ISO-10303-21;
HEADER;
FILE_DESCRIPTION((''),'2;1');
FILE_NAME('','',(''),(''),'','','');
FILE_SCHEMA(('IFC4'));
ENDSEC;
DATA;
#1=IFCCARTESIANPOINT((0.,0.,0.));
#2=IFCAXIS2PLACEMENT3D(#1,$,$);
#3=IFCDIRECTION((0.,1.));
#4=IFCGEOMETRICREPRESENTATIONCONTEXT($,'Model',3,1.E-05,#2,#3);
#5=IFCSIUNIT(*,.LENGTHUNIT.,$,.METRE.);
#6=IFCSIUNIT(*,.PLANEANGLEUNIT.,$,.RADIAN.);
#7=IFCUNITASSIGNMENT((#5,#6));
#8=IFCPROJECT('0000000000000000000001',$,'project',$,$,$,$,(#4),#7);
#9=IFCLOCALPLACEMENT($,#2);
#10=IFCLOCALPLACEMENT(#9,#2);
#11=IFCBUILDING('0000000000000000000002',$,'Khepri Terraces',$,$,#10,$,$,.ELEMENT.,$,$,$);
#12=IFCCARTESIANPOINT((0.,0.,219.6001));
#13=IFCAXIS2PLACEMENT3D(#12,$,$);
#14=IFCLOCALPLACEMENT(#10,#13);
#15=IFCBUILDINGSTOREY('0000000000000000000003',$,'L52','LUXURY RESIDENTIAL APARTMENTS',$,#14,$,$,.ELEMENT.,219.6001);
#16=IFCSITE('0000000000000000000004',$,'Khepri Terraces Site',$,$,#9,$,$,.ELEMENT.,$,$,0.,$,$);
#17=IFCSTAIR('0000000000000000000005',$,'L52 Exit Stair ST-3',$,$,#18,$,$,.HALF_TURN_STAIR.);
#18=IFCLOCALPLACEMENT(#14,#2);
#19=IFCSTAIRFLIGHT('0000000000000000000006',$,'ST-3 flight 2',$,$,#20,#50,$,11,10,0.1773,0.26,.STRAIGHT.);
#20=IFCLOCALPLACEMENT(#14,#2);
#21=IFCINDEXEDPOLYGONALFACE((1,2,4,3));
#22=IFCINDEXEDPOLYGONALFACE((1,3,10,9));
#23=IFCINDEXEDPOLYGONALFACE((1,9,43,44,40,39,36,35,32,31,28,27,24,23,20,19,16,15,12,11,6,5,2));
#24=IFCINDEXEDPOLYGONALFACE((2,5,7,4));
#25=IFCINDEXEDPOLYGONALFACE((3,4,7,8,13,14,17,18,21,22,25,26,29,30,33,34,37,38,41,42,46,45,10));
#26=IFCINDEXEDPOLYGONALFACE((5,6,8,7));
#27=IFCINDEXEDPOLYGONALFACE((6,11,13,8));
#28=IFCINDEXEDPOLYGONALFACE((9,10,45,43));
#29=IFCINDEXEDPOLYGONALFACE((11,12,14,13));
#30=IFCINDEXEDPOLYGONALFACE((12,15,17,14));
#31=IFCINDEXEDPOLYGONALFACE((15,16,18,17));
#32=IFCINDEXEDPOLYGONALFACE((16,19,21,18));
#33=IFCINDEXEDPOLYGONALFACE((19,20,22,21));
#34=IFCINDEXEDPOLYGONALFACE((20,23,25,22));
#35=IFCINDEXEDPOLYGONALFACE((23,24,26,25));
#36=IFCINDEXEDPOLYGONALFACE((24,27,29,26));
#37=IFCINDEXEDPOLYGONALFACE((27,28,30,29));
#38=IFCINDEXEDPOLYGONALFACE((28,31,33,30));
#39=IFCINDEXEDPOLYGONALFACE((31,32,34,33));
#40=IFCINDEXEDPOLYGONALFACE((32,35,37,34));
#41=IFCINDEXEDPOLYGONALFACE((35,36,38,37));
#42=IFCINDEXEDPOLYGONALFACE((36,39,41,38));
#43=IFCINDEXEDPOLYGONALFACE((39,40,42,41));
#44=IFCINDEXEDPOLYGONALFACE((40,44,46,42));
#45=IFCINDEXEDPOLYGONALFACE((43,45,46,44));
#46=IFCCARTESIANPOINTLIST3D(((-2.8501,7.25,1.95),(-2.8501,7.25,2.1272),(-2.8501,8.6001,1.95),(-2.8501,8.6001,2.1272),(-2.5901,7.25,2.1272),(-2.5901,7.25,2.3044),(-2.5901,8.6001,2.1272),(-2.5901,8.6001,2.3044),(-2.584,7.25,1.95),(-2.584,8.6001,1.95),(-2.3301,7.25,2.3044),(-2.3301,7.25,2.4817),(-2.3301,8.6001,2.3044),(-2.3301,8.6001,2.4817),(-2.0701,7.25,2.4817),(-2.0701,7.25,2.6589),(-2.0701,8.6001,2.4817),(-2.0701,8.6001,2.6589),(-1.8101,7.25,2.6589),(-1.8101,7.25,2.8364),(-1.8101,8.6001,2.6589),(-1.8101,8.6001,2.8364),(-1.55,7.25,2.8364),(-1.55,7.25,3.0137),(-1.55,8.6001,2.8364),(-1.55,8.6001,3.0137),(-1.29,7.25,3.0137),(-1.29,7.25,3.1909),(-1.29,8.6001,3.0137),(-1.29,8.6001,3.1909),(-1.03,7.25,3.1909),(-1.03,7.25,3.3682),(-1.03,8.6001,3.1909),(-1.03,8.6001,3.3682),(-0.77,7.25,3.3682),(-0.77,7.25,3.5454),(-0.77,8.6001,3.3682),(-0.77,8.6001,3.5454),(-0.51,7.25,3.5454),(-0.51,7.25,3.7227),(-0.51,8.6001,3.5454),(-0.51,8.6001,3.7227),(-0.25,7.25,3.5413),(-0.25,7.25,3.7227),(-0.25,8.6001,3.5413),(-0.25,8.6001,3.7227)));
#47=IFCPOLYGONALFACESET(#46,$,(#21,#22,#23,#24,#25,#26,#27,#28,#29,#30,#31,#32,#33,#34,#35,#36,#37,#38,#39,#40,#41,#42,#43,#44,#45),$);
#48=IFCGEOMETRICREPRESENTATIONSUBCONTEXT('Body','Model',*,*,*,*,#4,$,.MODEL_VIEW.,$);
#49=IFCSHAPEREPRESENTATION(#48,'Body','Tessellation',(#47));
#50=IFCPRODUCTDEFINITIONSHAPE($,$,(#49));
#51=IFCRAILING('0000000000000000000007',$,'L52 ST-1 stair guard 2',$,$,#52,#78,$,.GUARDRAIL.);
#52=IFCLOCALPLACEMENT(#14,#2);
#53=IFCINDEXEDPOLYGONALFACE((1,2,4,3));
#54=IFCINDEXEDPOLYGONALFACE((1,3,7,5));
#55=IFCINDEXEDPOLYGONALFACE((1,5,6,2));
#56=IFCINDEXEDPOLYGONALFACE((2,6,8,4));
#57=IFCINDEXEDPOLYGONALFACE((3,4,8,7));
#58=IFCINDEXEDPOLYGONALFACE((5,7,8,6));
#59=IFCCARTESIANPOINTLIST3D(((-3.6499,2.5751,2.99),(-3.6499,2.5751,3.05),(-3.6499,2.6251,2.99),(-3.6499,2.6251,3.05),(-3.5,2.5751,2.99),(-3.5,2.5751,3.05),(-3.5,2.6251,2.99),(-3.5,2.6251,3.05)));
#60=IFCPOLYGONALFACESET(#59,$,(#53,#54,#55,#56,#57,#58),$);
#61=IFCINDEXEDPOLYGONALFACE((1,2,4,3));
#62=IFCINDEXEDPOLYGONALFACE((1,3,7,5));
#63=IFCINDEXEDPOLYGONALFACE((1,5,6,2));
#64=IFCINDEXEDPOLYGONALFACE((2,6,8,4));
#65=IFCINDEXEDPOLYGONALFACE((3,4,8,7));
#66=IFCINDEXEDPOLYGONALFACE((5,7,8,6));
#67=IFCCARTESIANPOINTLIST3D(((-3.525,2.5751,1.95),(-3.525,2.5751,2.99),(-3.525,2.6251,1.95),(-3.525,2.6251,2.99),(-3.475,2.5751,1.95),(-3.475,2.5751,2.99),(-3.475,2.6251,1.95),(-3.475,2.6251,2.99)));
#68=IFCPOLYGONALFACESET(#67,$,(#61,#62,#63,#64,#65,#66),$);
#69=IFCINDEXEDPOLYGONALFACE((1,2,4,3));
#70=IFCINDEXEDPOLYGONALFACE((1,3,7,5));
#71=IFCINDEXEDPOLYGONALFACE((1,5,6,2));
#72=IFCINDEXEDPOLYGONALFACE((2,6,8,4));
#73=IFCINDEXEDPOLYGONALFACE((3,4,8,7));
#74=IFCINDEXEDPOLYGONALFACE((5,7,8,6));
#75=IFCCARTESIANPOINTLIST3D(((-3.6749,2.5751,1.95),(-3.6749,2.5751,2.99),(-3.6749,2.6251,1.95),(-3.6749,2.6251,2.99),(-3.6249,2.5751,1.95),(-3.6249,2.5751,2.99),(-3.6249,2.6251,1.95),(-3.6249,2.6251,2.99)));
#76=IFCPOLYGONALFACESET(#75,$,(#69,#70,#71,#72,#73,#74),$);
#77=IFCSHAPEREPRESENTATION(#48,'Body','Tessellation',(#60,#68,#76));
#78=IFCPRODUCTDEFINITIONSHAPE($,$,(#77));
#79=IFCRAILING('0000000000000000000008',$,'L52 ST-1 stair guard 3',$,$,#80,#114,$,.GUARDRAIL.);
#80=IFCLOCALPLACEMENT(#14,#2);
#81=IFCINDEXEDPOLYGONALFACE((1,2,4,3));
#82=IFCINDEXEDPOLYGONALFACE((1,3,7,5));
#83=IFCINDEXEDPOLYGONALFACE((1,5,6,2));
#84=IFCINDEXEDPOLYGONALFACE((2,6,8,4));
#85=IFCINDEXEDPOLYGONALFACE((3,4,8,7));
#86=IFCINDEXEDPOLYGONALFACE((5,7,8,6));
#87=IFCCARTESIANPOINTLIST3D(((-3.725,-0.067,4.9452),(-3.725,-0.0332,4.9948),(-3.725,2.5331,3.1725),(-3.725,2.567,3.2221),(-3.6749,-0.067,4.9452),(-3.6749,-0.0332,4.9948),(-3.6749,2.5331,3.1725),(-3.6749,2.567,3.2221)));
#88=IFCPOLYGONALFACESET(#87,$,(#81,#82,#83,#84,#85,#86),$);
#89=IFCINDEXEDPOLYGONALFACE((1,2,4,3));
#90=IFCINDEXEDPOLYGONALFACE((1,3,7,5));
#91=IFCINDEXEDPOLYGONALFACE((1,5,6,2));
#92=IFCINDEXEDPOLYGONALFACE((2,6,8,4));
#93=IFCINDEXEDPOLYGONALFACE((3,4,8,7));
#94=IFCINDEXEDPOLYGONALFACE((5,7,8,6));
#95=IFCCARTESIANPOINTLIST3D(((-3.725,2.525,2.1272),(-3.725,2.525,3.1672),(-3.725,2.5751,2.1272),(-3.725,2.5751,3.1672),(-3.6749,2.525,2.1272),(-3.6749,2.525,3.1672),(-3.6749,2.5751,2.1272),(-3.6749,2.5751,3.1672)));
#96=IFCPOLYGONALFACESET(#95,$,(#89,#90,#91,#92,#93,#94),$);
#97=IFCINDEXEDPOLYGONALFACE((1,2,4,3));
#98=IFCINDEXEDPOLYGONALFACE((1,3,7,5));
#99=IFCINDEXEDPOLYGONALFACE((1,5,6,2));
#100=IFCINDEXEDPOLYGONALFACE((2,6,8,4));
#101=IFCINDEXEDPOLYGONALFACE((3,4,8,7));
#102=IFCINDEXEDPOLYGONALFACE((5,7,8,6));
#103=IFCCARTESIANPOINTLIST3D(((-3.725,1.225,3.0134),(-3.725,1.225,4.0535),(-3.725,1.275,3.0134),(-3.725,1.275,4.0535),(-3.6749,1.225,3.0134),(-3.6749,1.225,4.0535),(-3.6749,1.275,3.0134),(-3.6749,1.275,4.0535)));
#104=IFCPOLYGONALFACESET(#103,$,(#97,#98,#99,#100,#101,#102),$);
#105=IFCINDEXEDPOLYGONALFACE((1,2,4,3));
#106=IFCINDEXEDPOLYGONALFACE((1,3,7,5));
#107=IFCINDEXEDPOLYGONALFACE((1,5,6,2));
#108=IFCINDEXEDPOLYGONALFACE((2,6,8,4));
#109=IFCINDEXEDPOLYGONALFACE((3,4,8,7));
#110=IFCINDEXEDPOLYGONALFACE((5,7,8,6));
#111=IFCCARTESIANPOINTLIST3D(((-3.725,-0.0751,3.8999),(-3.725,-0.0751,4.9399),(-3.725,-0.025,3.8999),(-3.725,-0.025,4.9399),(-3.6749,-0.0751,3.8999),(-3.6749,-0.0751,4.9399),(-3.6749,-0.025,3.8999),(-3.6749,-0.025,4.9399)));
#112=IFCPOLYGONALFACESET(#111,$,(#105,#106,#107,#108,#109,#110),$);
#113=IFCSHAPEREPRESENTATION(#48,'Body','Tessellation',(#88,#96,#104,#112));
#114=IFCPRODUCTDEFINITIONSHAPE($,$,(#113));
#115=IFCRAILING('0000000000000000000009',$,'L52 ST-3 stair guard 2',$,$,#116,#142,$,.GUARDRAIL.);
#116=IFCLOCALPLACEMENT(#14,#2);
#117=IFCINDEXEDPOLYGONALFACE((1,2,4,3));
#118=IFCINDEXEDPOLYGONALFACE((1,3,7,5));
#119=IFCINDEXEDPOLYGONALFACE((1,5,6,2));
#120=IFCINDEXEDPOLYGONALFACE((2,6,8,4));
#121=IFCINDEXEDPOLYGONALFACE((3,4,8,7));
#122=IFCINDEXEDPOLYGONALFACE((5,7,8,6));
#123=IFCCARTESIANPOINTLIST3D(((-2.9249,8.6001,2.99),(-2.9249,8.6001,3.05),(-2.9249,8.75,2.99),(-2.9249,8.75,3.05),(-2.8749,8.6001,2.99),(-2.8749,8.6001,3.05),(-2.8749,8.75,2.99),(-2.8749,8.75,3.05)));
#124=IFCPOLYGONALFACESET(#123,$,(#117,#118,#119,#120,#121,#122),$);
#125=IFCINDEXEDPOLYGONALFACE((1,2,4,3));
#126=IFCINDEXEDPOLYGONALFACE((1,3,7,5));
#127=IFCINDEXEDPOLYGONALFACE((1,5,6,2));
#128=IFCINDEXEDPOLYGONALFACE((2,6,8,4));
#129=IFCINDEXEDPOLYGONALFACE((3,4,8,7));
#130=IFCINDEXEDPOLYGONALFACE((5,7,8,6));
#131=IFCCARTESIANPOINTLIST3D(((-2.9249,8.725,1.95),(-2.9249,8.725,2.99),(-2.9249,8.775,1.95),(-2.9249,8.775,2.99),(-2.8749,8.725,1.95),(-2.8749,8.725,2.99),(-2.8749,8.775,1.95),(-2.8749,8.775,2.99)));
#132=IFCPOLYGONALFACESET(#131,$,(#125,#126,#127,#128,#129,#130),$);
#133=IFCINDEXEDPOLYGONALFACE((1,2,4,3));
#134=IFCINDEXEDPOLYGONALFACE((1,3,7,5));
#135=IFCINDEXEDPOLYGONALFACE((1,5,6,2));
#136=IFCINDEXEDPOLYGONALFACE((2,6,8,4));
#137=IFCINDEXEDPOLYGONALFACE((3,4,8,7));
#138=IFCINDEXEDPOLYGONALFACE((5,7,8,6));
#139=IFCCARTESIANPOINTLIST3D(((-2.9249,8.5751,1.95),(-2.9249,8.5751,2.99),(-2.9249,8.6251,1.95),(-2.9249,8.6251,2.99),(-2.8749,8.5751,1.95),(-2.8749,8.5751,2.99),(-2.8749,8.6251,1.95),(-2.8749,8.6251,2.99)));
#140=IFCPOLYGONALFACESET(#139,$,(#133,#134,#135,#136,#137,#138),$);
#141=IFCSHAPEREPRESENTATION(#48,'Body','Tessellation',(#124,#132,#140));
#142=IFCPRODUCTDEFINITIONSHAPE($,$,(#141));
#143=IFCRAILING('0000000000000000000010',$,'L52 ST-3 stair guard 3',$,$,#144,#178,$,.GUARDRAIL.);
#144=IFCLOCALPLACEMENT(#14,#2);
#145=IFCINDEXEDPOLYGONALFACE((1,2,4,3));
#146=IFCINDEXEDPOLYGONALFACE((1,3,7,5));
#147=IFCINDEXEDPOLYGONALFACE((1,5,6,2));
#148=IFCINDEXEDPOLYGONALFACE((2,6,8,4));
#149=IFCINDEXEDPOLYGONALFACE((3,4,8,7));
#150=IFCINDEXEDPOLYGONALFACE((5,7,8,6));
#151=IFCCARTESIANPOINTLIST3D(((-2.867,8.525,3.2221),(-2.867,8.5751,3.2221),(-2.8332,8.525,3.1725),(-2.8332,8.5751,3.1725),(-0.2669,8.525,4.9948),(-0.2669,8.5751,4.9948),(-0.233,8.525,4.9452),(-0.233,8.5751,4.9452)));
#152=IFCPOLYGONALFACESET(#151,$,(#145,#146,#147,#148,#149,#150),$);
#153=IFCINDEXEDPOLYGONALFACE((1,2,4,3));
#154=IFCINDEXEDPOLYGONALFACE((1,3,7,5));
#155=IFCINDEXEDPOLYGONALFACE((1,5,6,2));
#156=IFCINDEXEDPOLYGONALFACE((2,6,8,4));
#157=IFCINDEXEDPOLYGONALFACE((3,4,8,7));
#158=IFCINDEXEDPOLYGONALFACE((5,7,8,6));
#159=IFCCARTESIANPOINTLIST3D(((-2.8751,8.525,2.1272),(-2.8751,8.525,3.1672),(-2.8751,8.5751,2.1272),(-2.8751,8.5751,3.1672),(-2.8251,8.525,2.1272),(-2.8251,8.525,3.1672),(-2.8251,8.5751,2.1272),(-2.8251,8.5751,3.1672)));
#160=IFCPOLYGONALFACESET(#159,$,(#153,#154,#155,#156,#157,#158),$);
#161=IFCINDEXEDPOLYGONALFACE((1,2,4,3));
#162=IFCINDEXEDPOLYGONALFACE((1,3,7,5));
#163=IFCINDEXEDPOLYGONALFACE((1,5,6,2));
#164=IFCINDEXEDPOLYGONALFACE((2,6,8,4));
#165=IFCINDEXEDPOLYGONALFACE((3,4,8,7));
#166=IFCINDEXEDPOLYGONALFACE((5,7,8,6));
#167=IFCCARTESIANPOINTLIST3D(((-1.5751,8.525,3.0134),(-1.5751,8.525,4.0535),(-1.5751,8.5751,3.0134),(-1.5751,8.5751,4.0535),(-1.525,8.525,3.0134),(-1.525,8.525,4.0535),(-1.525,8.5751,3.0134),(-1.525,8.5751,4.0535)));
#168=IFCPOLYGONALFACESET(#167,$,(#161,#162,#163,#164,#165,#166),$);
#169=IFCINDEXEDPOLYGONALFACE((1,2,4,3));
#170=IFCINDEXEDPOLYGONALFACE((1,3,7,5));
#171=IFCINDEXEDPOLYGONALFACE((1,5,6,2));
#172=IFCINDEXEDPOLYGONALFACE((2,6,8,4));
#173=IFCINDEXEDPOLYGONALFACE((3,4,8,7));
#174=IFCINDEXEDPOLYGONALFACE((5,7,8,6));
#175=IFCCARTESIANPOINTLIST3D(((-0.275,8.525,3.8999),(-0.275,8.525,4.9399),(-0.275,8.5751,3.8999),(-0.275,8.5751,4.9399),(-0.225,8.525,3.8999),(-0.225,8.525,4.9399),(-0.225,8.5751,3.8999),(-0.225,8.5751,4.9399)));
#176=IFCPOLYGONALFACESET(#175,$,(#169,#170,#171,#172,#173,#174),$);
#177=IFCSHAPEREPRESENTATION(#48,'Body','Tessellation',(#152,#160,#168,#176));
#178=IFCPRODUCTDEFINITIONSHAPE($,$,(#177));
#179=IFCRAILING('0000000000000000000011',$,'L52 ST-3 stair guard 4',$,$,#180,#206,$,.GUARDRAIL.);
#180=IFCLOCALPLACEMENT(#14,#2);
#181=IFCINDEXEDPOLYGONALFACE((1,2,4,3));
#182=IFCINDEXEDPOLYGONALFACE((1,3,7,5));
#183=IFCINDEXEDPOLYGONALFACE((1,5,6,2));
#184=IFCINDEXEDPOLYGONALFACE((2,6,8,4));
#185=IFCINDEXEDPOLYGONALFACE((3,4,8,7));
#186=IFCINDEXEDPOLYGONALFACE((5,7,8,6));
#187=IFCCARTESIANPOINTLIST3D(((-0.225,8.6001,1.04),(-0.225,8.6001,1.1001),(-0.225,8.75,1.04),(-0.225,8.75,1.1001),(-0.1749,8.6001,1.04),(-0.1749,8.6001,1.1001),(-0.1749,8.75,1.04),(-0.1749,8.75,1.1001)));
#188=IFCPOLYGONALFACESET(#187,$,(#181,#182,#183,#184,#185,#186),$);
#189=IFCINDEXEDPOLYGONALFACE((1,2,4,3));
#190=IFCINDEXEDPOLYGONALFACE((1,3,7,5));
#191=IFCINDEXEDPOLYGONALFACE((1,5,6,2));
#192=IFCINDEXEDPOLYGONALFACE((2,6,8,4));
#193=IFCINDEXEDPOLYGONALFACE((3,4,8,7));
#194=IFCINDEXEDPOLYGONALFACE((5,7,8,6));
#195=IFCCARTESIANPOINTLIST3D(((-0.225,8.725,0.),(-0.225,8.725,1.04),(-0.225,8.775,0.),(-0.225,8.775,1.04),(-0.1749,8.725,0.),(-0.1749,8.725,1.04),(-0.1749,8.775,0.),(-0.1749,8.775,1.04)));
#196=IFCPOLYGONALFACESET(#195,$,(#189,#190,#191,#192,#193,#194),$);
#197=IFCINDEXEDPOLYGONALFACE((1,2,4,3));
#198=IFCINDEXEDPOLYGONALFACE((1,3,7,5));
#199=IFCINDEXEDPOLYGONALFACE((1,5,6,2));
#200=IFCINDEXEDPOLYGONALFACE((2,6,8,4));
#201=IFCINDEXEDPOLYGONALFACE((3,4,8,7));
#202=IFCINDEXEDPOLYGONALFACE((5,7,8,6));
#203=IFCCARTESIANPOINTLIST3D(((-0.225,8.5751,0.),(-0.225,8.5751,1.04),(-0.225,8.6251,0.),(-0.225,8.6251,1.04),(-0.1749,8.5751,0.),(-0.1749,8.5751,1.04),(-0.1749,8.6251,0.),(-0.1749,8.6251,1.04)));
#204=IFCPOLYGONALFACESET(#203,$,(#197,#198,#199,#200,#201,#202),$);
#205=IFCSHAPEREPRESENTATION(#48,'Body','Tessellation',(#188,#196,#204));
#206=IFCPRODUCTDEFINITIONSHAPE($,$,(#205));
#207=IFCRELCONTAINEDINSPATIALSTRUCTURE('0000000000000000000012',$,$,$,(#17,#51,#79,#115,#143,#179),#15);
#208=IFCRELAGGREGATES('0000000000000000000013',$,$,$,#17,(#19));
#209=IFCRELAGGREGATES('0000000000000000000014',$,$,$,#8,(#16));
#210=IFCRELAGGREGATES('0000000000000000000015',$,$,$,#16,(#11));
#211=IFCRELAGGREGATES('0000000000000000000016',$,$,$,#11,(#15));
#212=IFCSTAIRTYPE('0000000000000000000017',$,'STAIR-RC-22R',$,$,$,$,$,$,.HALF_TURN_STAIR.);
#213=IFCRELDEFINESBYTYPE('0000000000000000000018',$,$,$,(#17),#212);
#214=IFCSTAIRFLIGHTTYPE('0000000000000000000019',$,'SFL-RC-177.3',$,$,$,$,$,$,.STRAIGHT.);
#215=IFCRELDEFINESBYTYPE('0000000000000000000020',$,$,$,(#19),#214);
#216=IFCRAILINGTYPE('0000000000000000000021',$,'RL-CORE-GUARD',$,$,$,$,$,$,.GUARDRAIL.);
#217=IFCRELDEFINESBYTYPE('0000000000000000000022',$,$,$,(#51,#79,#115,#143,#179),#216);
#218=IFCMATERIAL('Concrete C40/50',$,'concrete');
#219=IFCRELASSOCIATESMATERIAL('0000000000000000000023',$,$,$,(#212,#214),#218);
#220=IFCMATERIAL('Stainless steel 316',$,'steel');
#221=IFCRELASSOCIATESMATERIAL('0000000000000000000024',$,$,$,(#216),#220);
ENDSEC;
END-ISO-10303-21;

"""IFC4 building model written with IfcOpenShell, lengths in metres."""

from ifc_helpers import new_model, si_unit, direction, frame, origin, origin_2d, place, context, subcontext, project, spatial, polyline, rectangle, outline, extrude, material, type_object, element, aggregate, save


model = new_model("IFC4")

# Units and contexts
model_context = context("Model", 3, precision=1e-05, world=origin(), true_north=direction((0.0, 1.0)))
body_context = subcontext(model_context, "Body", "Model", "MODEL_VIEW")
ifc_project = project(units=[si_unit("LENGTHUNIT", "METRE"), si_unit("PLANEANGLEUNIT", "RADIAN")], contexts=[model_context])

# Site, building, storey
site_placement = place(None, origin())
site = spatial("IfcSite", under=ifc_project, at=site_placement, Name="Khepri Terraces Site", CompositionType="ELEMENT", RefElevation=0.0)
building_placement = place(site_placement, origin())
building = spatial("IfcBuilding", under=site, at=building_placement, Name="Khepri Terraces", CompositionType="ELEMENT")
storey_placement = place(building_placement, frame((0.0, 0.0, 219.6001)))
storey = spatial("IfcBuildingStorey", under=building, at=storey_placement, Name="L52", Description="LUXURY RESIDENTIAL APARTMENTS", CompositionType="ELEMENT", Elevation=219.6001)

# Stair, stair flight
ifc_material_1 = material(Name="Concrete C40/50", Category="concrete")
stair_type = type_object("IfcStairType", Name="STAIR-RC-22R", PredefinedType="HALF_TURN_STAIR", material=ifc_material_1)
stair_flight_type = type_object("IfcStairFlightType", Name="SFL-RC-177.3", PredefinedType="STRAIGHT", material=ifc_material_1)
stair_1_placement = place(storey_placement, origin())
stair_1 = element("IfcStair", 1, at=stair_1_placement, inside=storey, type_object=stair_type, Name="L52 Exit Stair ST-3", PredefinedType="HALF_TURN_STAIR")
stair_flight_1_placement = place(storey_placement, frame((-2.8501, 7.925, 1.95), z_axis=(0.0, 0.0, 1.0), x_axis=(1.0, 0.0, 0.0)))
stair_flight_1 = element("IfcStairFlight", 2, at=stair_flight_1_placement, type_object=stair_flight_type, Name="ST-3 flight 2", NumberOfRisers=11, NumberOfTreads=10, PredefinedType="STRAIGHT", RiserHeight=0.1773, TreadLength=0.26, context=body_context, shape_type="SweptSolid", body=[
    extrude(outline(polyline([(0.0, 0.0), (0.0, 0.1772), (0.26, 0.1772), (0.26, 0.3545), (0.52, 0.3545), (0.52, 0.5317), (0.78, 0.5317), (0.78, 0.709), (1.04, 0.709), (1.04, 0.8865), (1.3, 0.8865), (1.3, 1.0637), (1.5601, 1.0637), (1.5601, 1.241), (1.8201, 1.241), (1.8201, 1.4182), (2.0801, 1.4182), (2.0801, 1.5955), (2.3401, 1.5955), (2.3401, 1.7727), (2.6001, 1.7727), (2.6001, 1.95), (2.6001, 1.5913), (0.2661, 0.0), (0.0, 0.0)])), frame((0.0, 0.675, 0.0), z_axis=(0.0, -1.0, 0.0), x_axis=(1.0, 0.0, 0.0)), (0.0, 0.0, 1.0), 1.3501),
])
aggregate(stair_1, [stair_flight_1])

# Railings
ifc_material_2 = material(Name="Stainless steel 316", Category="steel")
railing_type_1 = type_object("IfcRailingType", Name="RL-CORE-GUARD", PredefinedType="GUARDRAIL", material=ifc_material_2)
railing_1_placement = place(storey_placement, frame((-3.5, 2.6001, 1.95)))
element("IfcRailing", 3, at=railing_1_placement, inside=storey, type_object=railing_type_1, Name="L52 ST-1 stair guard 2", PredefinedType="GUARDRAIL", context=body_context, shape_type="SweptSolid", body=[
    extrude(rectangle(XDim=0.05, YDim=0.0601, at=origin_2d()), frame((0.0, 0.0, 1.0701), z_axis=(-1.0, 0.0, 0.0), x_axis=(0.0, -1.0, 0.0)), (0.0, 0.0, 1.0), 0.1499),
    extrude(rectangle(XDim=0.05, YDim=0.05, at=origin_2d()), origin(), (0.0, 0.0, 1.0), 1.04),
    extrude(rectangle(XDim=0.05, YDim=0.05, at=origin_2d()), frame((-0.1499, 0.0, 0.0)), (0.0, 0.0, 1.0), 1.04),
])
railing_2_placement = place(storey_placement, frame((-3.7, 2.55, 2.1272)))
element("IfcRailing", 4, at=railing_2_placement, inside=storey, type_object=railing_type_1, Name="L52 ST-1 stair guard 3", PredefinedType="GUARDRAIL", context=body_context, shape_type="SweptSolid", body=[
    extrude(rectangle(XDim=0.05, YDim=0.0601, at=origin_2d()), frame((0.0, 0.0, 1.0701), z_axis=(0.0, -0.82624, 0.563318), x_axis=(1.0, 0.0, 0.0)), (0.0, 0.0, 1.0), 3.147),
    extrude(rectangle(XDim=0.05, YDim=0.05, at=origin_2d()), origin(), (0.0, 0.0, 1.0), 1.04),
    extrude(rectangle(XDim=0.05, YDim=0.05, at=origin_2d()), frame((0.0, -1.3, 0.8862)), (0.0, 0.0, 1.0), 1.04),
    extrude(rectangle(XDim=0.05, YDim=0.05, at=origin_2d()), frame((0.0, -2.6001, 1.7727)), (0.0, 0.0, 1.0), 1.04),
])
railing_3_placement = place(storey_placement, frame((-2.8999, 8.75, 1.95)))
element("IfcRailing", 5, at=railing_3_placement, inside=storey, type_object=railing_type_1, Name="L52 ST-3 stair guard 2", PredefinedType="GUARDRAIL", context=body_context, shape_type="SweptSolid", body=[
    extrude(rectangle(XDim=0.05, YDim=0.0601, at=origin_2d()), frame((0.0, 0.0, 1.0701), z_axis=(0.0, -1.0, 0.0), x_axis=(1.0, 0.0, 0.0)), (0.0, 0.0, 1.0), 0.1499),
    extrude(rectangle(XDim=0.05, YDim=0.05, at=origin_2d()), origin(), (0.0, 0.0, 1.0), 1.04),
    extrude(rectangle(XDim=0.05, YDim=0.05, at=origin_2d()), frame((0.0, -0.1499, 0.0)), (0.0, 0.0, 1.0), 1.04),
])
railing_4_placement = place(storey_placement, frame((-2.8501, 8.55, 2.1272)))
element("IfcRailing", 6, at=railing_4_placement, inside=storey, type_object=railing_type_1, Name="L52 ST-3 stair guard 3", PredefinedType="GUARDRAIL", context=body_context, shape_type="SweptSolid", body=[
    extrude(rectangle(XDim=0.05, YDim=0.0601, at=origin_2d()), frame((0.0, 0.0, 1.0701), z_axis=(0.82624, 0.0, 0.563318), x_axis=(0.0, 1.0, 0.0)), (0.0, 0.0, 1.0), 3.147),
    extrude(rectangle(XDim=0.05, YDim=0.05, at=origin_2d()), origin(), (0.0, 0.0, 1.0), 1.04),
    extrude(rectangle(XDim=0.05, YDim=0.05, at=origin_2d()), frame((1.3, 0.0, 0.8862)), (0.0, 0.0, 1.0), 1.04),
    extrude(rectangle(XDim=0.05, YDim=0.05, at=origin_2d()), frame((2.6001, 0.0, 1.7727)), (0.0, 0.0, 1.0), 1.04),
])
railing_5_placement = place(storey_placement, frame((-0.2, 8.75, 0.0)))
element("IfcRailing", 7, at=railing_5_placement, inside=storey, type_object=railing_type_1, Name="L52 ST-3 stair guard 4", PredefinedType="GUARDRAIL", context=body_context, shape_type="SweptSolid", body=[
    extrude(rectangle(XDim=0.05, YDim=0.0601, at=origin_2d()), frame((0.0, 0.0, 1.0701), z_axis=(0.0, -1.0, 0.0), x_axis=(1.0, 0.0, 0.0)), (0.0, 0.0, 1.0), 0.1499),
    extrude(rectangle(XDim=0.05, YDim=0.05, at=origin_2d()), origin(), (0.0, 0.0, 1.0), 1.04),
    extrude(rectangle(XDim=0.05, YDim=0.05, at=origin_2d()), frame((0.0, -0.1499, 0.0)), (0.0, 0.0, 1.0), 1.04),
])

save(model, "model.ifc")
